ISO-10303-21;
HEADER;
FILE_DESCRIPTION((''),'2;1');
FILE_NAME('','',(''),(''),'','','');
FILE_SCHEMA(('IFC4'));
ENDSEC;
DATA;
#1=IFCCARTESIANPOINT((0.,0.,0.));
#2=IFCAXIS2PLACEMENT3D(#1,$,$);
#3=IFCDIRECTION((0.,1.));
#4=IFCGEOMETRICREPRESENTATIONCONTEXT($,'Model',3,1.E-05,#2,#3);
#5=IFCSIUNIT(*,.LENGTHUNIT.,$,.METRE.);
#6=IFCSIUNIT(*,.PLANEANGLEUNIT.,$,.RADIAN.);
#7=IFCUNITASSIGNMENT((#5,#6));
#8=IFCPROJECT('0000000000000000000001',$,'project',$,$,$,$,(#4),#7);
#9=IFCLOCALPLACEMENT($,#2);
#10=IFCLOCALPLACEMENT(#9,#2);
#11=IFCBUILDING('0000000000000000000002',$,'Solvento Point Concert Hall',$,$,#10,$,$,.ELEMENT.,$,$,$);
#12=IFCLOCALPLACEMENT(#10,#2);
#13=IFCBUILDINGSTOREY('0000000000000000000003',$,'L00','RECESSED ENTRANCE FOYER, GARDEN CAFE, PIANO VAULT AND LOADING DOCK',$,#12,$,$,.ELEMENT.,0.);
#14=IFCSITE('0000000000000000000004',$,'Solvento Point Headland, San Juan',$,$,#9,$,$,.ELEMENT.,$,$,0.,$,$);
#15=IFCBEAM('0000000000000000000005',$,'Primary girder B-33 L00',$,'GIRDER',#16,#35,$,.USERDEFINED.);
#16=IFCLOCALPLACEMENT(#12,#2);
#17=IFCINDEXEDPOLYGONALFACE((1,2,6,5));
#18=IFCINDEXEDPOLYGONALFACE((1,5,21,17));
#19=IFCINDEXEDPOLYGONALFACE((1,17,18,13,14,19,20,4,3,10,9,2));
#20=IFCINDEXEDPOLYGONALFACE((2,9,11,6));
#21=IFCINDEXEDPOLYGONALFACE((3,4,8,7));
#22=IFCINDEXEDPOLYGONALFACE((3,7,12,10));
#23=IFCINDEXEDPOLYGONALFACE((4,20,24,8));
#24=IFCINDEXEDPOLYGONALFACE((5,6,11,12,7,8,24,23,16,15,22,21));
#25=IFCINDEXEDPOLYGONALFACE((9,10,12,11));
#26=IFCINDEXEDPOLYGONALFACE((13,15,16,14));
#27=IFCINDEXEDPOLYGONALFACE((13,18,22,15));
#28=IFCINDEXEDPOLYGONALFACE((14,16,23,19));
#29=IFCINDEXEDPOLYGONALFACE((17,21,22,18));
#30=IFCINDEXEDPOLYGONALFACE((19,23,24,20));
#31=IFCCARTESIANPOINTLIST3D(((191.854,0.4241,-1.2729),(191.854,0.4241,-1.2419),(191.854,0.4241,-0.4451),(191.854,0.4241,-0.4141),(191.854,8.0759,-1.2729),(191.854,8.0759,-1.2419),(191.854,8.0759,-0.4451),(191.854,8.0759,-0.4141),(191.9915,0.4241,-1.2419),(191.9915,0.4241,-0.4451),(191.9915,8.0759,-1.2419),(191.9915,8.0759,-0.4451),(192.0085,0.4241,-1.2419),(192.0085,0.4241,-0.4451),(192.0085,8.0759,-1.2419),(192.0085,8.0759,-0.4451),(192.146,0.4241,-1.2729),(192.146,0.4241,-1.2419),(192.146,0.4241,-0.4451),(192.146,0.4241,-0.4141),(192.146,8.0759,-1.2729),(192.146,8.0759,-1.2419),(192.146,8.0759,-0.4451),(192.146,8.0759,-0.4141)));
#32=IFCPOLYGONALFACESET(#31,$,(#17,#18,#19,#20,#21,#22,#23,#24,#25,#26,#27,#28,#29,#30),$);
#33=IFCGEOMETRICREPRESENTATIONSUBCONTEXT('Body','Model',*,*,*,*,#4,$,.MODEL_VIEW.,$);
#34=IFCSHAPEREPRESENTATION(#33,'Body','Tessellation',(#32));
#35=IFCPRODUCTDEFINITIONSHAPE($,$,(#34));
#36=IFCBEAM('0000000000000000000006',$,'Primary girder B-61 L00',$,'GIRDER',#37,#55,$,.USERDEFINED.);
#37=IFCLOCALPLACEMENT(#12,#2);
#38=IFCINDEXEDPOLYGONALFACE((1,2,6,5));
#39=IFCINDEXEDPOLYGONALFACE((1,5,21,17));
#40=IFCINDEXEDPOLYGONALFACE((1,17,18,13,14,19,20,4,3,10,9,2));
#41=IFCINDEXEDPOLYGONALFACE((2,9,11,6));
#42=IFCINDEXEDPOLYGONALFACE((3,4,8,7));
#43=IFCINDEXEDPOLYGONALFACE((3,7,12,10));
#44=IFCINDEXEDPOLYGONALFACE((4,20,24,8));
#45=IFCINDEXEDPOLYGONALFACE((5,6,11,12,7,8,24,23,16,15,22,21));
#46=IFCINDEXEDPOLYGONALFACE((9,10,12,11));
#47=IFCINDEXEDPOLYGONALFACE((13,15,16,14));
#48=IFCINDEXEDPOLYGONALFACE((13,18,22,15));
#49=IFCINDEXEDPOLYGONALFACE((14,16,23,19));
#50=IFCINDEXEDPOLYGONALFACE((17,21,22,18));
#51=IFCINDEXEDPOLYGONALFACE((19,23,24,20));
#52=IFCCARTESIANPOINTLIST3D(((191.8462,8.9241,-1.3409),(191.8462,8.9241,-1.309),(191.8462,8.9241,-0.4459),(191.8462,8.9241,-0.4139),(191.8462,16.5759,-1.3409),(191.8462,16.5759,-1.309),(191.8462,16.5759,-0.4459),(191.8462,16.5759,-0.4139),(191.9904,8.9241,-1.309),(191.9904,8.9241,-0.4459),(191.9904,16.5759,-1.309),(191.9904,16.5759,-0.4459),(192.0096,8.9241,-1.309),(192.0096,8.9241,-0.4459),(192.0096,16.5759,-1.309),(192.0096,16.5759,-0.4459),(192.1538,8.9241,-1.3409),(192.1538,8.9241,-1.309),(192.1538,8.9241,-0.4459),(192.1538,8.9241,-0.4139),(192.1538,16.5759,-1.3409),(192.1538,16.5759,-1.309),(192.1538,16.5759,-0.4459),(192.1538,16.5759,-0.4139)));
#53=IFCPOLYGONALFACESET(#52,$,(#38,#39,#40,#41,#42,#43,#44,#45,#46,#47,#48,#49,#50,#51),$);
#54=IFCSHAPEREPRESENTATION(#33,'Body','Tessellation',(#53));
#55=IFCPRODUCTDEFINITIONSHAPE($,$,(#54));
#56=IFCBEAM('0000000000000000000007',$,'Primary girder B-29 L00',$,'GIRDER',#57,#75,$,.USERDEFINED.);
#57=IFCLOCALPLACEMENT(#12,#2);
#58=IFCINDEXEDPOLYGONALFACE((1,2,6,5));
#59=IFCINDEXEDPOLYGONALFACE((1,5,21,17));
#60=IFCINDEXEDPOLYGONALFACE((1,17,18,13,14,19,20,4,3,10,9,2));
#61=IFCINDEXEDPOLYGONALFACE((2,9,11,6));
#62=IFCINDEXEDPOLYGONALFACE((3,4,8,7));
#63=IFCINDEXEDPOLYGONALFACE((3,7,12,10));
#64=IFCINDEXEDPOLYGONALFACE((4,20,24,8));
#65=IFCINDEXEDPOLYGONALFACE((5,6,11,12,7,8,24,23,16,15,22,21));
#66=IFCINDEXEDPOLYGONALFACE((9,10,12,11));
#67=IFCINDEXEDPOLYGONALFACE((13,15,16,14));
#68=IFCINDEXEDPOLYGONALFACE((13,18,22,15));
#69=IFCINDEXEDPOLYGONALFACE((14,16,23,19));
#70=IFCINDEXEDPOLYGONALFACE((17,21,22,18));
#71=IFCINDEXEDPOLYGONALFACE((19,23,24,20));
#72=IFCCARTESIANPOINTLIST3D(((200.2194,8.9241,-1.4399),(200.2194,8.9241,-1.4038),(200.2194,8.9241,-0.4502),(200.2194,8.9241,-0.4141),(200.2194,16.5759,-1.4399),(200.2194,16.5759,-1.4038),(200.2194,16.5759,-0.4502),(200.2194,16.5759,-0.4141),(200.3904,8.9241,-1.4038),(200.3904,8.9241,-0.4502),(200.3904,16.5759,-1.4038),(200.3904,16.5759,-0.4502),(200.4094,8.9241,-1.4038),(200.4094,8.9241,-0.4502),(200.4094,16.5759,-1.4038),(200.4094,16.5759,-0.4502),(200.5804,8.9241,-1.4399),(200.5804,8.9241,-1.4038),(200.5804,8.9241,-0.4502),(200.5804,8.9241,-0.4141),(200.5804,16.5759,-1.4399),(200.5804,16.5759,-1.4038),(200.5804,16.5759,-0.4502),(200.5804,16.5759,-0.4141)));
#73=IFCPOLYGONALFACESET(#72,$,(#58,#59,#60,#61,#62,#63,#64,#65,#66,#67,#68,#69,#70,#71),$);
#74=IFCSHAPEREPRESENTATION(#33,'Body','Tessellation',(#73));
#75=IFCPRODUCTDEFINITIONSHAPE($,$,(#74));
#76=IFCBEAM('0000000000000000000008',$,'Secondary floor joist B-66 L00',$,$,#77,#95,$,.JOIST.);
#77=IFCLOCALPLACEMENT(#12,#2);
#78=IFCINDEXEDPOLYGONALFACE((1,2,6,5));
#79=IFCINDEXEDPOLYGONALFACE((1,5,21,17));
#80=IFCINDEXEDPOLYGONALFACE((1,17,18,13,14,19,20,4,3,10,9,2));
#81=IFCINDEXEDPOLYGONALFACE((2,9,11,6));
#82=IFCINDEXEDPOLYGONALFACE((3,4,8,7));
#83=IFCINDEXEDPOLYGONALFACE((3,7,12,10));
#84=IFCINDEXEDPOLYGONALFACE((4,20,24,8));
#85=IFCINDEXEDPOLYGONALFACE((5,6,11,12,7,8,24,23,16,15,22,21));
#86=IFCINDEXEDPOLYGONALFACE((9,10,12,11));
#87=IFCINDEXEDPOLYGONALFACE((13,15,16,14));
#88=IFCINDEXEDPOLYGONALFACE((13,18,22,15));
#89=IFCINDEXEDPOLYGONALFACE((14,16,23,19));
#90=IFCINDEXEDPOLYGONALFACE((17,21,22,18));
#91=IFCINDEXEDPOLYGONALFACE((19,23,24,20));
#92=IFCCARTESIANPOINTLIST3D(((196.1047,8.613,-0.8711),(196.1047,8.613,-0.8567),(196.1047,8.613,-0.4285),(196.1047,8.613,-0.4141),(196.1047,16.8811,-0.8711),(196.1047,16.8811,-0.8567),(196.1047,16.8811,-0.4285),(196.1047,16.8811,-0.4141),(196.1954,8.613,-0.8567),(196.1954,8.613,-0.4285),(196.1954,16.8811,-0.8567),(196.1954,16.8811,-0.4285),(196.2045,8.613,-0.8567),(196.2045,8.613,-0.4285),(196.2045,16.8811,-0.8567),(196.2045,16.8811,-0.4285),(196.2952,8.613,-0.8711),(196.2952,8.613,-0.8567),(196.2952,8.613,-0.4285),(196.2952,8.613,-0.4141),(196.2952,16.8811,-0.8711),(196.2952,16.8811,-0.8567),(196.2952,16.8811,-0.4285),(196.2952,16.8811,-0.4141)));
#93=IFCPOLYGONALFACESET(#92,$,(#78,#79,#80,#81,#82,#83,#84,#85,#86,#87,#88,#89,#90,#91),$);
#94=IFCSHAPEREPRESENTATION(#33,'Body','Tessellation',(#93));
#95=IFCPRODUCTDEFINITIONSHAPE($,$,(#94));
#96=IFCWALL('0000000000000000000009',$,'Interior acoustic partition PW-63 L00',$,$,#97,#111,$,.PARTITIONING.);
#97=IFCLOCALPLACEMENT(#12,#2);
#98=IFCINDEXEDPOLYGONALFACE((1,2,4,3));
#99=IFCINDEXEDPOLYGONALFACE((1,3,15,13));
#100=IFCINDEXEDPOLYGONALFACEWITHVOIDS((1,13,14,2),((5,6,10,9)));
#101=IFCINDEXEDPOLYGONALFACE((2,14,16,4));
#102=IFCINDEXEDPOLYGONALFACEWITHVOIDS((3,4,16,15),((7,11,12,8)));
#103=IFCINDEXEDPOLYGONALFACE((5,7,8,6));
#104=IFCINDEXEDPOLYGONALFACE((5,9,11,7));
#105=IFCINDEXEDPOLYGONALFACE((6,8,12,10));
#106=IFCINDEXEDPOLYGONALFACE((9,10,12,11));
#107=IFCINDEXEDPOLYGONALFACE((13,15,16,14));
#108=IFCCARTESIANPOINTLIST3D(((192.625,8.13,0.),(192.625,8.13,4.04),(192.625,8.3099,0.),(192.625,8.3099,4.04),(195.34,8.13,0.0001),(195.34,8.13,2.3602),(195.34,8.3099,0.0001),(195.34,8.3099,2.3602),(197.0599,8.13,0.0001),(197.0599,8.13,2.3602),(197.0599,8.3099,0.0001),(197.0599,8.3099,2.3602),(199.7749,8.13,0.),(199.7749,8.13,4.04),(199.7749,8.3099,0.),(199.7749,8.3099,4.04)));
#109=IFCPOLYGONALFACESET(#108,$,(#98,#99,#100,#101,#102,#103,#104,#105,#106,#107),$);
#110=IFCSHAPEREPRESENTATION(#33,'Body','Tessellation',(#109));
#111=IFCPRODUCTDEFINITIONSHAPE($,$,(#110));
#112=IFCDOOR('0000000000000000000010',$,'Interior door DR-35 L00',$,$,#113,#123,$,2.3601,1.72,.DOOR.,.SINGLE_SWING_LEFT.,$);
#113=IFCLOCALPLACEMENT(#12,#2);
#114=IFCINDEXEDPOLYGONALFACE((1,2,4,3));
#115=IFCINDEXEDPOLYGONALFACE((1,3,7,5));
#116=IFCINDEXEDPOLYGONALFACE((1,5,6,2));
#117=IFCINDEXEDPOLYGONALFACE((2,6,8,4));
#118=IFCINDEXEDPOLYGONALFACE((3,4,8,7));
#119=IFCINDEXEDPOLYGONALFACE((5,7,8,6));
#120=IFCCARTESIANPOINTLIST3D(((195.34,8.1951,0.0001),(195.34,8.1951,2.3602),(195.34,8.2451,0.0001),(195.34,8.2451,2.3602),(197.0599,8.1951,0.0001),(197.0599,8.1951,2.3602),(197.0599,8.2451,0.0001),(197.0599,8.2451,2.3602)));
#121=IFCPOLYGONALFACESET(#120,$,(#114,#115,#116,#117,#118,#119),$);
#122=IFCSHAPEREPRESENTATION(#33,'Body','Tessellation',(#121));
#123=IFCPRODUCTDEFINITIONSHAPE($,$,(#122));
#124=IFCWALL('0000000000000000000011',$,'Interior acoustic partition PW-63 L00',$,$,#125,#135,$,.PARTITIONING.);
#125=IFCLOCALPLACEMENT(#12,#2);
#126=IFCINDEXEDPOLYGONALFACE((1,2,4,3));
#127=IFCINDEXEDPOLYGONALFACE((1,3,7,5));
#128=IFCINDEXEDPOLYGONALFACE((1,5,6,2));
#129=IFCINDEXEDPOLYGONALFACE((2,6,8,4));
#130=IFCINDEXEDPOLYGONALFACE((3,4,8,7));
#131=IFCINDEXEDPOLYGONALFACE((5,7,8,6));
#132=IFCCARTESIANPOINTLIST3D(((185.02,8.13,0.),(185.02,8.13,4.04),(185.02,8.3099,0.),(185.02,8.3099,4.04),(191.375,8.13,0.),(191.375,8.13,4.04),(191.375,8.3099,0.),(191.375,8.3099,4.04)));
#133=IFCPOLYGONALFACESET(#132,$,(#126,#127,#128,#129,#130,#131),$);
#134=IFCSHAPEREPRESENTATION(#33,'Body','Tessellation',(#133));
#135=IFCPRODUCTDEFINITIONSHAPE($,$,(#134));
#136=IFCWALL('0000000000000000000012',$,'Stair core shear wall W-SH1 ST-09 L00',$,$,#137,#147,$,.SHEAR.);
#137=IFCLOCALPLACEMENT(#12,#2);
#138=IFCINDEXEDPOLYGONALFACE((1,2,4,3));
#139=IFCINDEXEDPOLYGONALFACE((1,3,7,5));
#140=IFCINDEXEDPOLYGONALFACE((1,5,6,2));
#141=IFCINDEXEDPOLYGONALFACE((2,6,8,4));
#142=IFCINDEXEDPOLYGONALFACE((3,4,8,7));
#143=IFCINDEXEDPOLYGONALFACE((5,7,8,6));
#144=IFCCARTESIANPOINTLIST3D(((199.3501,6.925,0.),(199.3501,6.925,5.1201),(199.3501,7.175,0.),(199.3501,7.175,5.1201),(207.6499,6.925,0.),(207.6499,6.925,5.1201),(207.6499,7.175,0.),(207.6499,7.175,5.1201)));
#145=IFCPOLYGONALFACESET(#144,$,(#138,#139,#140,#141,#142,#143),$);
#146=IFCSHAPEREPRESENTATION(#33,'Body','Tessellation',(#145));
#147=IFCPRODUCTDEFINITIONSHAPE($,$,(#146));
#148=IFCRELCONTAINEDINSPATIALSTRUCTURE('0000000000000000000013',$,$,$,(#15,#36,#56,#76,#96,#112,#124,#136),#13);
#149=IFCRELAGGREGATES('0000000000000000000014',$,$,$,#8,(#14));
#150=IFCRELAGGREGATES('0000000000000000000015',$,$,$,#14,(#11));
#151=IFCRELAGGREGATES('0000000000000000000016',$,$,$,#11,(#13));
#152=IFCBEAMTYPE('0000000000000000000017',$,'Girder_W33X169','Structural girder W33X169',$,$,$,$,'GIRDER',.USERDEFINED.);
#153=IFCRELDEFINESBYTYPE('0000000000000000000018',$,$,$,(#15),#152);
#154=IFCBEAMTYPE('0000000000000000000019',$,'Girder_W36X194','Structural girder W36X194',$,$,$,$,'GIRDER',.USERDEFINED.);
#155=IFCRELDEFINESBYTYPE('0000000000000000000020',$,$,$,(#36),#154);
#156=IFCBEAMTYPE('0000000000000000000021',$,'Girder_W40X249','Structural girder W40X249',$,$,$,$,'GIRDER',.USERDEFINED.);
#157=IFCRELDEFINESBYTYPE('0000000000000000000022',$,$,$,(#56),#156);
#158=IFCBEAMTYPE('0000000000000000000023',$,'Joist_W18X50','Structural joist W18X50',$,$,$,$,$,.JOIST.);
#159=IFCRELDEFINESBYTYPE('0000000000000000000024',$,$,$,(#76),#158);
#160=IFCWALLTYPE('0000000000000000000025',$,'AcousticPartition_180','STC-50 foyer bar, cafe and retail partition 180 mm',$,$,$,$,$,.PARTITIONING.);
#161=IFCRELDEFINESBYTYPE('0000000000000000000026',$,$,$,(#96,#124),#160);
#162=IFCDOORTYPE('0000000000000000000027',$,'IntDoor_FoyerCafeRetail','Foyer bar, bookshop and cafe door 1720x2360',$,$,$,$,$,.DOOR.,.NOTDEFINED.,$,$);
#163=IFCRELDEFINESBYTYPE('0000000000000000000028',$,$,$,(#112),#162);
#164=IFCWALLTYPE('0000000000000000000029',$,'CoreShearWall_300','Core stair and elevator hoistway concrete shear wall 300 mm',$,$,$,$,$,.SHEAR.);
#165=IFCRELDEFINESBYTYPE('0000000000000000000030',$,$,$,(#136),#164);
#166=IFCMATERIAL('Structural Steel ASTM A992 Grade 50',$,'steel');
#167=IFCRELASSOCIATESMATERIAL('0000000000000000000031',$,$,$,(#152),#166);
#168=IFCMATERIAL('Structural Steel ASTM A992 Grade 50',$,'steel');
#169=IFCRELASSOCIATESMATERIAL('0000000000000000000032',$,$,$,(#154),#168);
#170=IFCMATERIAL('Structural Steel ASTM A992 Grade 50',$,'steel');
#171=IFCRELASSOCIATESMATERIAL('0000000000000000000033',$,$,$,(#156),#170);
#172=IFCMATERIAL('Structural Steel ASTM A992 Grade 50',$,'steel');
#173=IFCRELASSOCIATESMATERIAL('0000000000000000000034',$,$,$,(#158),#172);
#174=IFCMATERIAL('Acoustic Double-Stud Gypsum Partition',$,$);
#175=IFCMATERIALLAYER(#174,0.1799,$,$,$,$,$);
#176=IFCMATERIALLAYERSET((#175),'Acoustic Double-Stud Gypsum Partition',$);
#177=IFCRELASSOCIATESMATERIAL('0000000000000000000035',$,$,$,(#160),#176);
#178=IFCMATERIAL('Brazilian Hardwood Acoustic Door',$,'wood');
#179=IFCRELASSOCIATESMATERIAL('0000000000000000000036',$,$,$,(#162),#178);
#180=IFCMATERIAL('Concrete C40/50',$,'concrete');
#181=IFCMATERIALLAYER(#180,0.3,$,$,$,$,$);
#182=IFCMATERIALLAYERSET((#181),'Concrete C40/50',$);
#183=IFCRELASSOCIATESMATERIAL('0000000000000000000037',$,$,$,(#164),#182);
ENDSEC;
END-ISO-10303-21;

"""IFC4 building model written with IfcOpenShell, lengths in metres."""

from ifc_helpers import new_model, si_unit, direction, frame, frame_2d, origin, origin_2d, place, context, subcontext, project, spatial, rectangle, i_section, extrude, material, layer, layer_set, material_profile, profile_set, type_object, element, fill, save


model = new_model("IFC4")

# Units and contexts
model_context = context("Model", 3, precision=1e-05, world=origin(), true_north=direction((0.0, 1.0)))
body_context = subcontext(model_context, "Body", "Model", "MODEL_VIEW")
ifc_project = project(units=[si_unit("LENGTHUNIT", "METRE"), si_unit("PLANEANGLEUNIT", "RADIAN")], contexts=[model_context])

# Site, building, storey
site_placement = place(None, origin())
site = spatial("IfcSite", under=ifc_project, at=site_placement, Name="Solvento Point Headland, San Juan", CompositionType="ELEMENT", RefElevation=0.0)
building_placement = place(site_placement, origin())
building = spatial("IfcBuilding", under=site, at=building_placement, Name="Solvento Point Concert Hall", CompositionType="ELEMENT")
storey_placement = place(building_placement, origin())
storey = spatial("IfcBuildingStorey", under=building, at=storey_placement, Name="L00", Description="RECESSED ENTRANCE FOYER, GARDEN CAFE, PIANO VAULT AND LOADING DOCK", CompositionType="ELEMENT", Elevation=0.0)

# Beams
ifc_material_1 = material(Name="Structural Steel ASTM A992 Grade 50", Category="steel")
ifc_material_profile_1 = material_profile(ifc_material_1, i_section(OverallWidth=0.292, OverallDepth=0.8589, WebThickness=0.0171, FlangeThickness=0.031, at=origin_2d()), Name="W33X169")
ifc_profile_set_1 = profile_set([ifc_material_profile_1], Name="Structural Steel ASTM A992 Grade 50")
beam_type_1 = type_object("IfcBeamType", Name="Girder_W33X169", Description="Structural girder W33X169", ElementType="GIRDER", PredefinedType="USERDEFINED", material=ifc_profile_set_1)
beam_1_placement = place(storey_placement, frame((192.0, 0.4241, -0.8435), z_axis=(0.0, 1.0, 0.0), x_axis=(-1.0, 0.0, 0.0)))
element("IfcBeam", 1, at=beam_1_placement, inside=storey, type_object=beam_type_1, Name="Primary girder B-33 L00", ObjectType="GIRDER", PredefinedType="USERDEFINED", context=body_context, shape_type="SweptSolid", body=[
    extrude(i_section(OverallWidth=0.292, OverallDepth=0.8589, WebThickness=0.0171, FlangeThickness=0.031, at=origin_2d()), origin(), (0.0, 0.0, 1.0), 7.6519),
])
ifc_material_2 = material(Name="Structural Steel ASTM A992 Grade 50", Category="steel")
ifc_material_profile_2 = material_profile(ifc_material_2, i_section(OverallWidth=0.3076, OverallDepth=0.927, WebThickness=0.0193, FlangeThickness=0.032, at=origin_2d()), Name="W36X194")
ifc_profile_set_2 = profile_set([ifc_material_profile_2], Name="Structural Steel ASTM A992 Grade 50")
beam_type_2 = type_object("IfcBeamType", Name="Girder_W36X194", Description="Structural girder W36X194", ElementType="GIRDER", PredefinedType="USERDEFINED", material=ifc_profile_set_2)
beam_2_placement = place(storey_placement, frame((192.0, 8.9241, -0.8774), z_axis=(0.0, 1.0, 0.0), x_axis=(-1.0, 0.0, 0.0)))
element("IfcBeam", 2, at=beam_2_placement, inside=storey, type_object=beam_type_2, Name="Primary girder B-61 L00", ObjectType="GIRDER", PredefinedType="USERDEFINED", context=body_context, shape_type="SweptSolid", body=[
    extrude(i_section(OverallWidth=0.3076, OverallDepth=0.927, WebThickness=0.0193, FlangeThickness=0.032, at=origin_2d()), origin(), (0.0, 0.0, 1.0), 7.6519),
])
ifc_material_3 = material(Name="Structural Steel ASTM A992 Grade 50", Category="steel")
ifc_material_profile_3 = material_profile(ifc_material_3, i_section(OverallWidth=0.3611, OverallDepth=1.0259, WebThickness=0.019, FlangeThickness=0.0361, at=origin_2d()), Name="W40X249")
ifc_profile_set_3 = profile_set([ifc_material_profile_3], Name="Structural Steel ASTM A992 Grade 50")
beam_type_3 = type_object("IfcBeamType", Name="Girder_W40X249", Description="Structural girder W40X249", ElementType="GIRDER", PredefinedType="USERDEFINED", material=ifc_profile_set_3)
beam_3_placement = place(storey_placement, frame((200.3999, 8.9241, -0.927), z_axis=(0.0, 1.0, 0.0), x_axis=(-1.0, 0.0, 0.0)))
element("IfcBeam", 3, at=beam_3_placement, inside=storey, type_object=beam_type_3, Name="Primary girder B-29 L00", ObjectType="GIRDER", PredefinedType="USERDEFINED", context=body_context, shape_type="SweptSolid", body=[
    extrude(i_section(OverallWidth=0.3611, OverallDepth=1.0259, WebThickness=0.019, FlangeThickness=0.0361, at=origin_2d()), origin(), (0.0, 0.0, 1.0), 7.6519),
])
ifc_material_4 = material(Name="Structural Steel ASTM A992 Grade 50", Category="steel")
ifc_material_profile_4 = material_profile(ifc_material_4, i_section(OverallWidth=0.1904, OverallDepth=0.457, WebThickness=0.009, FlangeThickness=0.0144, at=origin_2d()), Name="W18X50")
ifc_profile_set_4 = profile_set([ifc_material_profile_4], Name="Structural Steel ASTM A992 Grade 50")
beam_type_4 = type_object("IfcBeamType", Name="Joist_W18X50", Description="Structural joist W18X50", PredefinedType="JOIST", material=ifc_profile_set_4)
beam_4_placement = place(storey_placement, frame((196.2, 8.613, -0.6426), z_axis=(0.0, 1.0, 0.0), x_axis=(-1.0, 0.0, 0.0)))
element("IfcBeam", 4, at=beam_4_placement, inside=storey, type_object=beam_type_4, Name="Secondary floor joist B-66 L00", PredefinedType="JOIST", context=body_context, shape_type="SweptSolid", body=[
    extrude(i_section(OverallWidth=0.1904, OverallDepth=0.457, WebThickness=0.009, FlangeThickness=0.0144, at=origin_2d()), origin(), (0.0, 0.0, 1.0), 8.2681),
])

# Wall, opening, door
ifc_material_5 = material(Name="Acoustic Double-Stud Gypsum Partition")
ifc_layer_1 = layer(ifc_material_5, 0.1799)
ifc_layer_set_1 = layer_set([ifc_layer_1], Name="Acoustic Double-Stud Gypsum Partition")
wall_type_1 = type_object("IfcWallType", Name="AcousticPartition_180", Description="STC-50 foyer bar, cafe and retail partition 180 mm", PredefinedType="PARTITIONING", material=ifc_layer_set_1)
wall_1_placement = place(storey_placement, frame((199.7749, 8.22, 0.0), z_axis=(0.0, 0.0, 1.0), x_axis=(-1.0, 0.0, 0.0)))
wall_1 = element("IfcWall", 5, at=wall_1_placement, inside=storey, type_object=wall_type_1, Name="Interior acoustic partition PW-63 L00", PredefinedType="PARTITIONING", context=body_context, shape_type="SweptSolid", body=[
    extrude(rectangle(XDim=7.1499, YDim=0.1799, at=frame_2d((3.575, 0.0))), origin(), (0.0, 0.0, 1.0), 4.04),
])
opening_1_placement = place(wall_1_placement, frame((2.7151, 0.0, 0.0)))
opening_1 = element("IfcOpeningElement", 6, at=opening_1_placement, cuts=wall_1, PredefinedType="OPENING", context=body_context, shape_type="SweptSolid", body=[
    extrude(rectangle(XDim=1.72, YDim=2.3601, at=frame_2d((0.8599, 1.1802))), frame((0.0, 0.0999, 0.0), z_axis=(0.0, -1.0, 0.0), x_axis=(1.0, 0.0, 0.0)), (0.0, 0.0, 1.0), 0.2),
])
ifc_material_6 = material(Name="Brazilian Hardwood Acoustic Door", Category="wood")
door_type_1 = type_object("IfcDoorType", Name="IntDoor_FoyerCafeRetail", Description="Foyer bar, bookshop and cafe door 1720x2360", OperationType="NOTDEFINED", PredefinedType="DOOR", material=ifc_material_6)
door_1_placement = place(opening_1_placement, origin())
door_1 = element("IfcDoor", 7, at=door_1_placement, inside=storey, type_object=door_type_1, Name="Interior door DR-35 L00", OperationType="SINGLE_SWING_LEFT", OverallHeight=2.3601, OverallWidth=1.72, PredefinedType="DOOR", context=body_context, shape_type="SweptSolid", body=[
    extrude(rectangle(XDim=1.72, YDim=2.3601, at=frame_2d((0.8599, 1.1802))), frame((0.0, 0.0249, 0.0), z_axis=(0.0, -1.0, 0.0), x_axis=(1.0, 0.0, 0.0)), (0.0, 0.0, 1.0), 0.05),
])
fill(opening_1, door_1)

# Walls
wall_2_placement = place(storey_placement, frame((191.375, 8.22, 0.0), z_axis=(0.0, 0.0, 1.0), x_axis=(-1.0, 0.0, 0.0)))
element("IfcWall", 8, at=wall_2_placement, inside=storey, type_object=wall_type_1, Name="Interior acoustic partition PW-63 L00", PredefinedType="PARTITIONING", context=body_context, shape_type="SweptSolid", body=[
    extrude(rectangle(XDim=6.355, YDim=0.1799, at=frame_2d((3.1775, 0.0))), origin(), (0.0, 0.0, 1.0), 4.04),
])
ifc_material_7 = material(Name="Concrete C40/50", Category="concrete")
ifc_layer_2 = layer(ifc_material_7, 0.3)
ifc_layer_set_2 = layer_set([ifc_layer_2], Name="Concrete C40/50")
wall_type_2 = type_object("IfcWallType", Name="CoreShearWall_300", Description="Core stair and elevator hoistway concrete shear wall 300 mm", PredefinedType="SHEAR", material=ifc_layer_set_2)
wall_3_placement = place(storey_placement, frame((199.3501, 7.05, 0.0), z_axis=(0.0, 0.0, 1.0), x_axis=(1.0, 0.0, 0.0)))
element("IfcWall", 9, at=wall_3_placement, inside=storey, type_object=wall_type_2, Name="Stair core shear wall W-SH1 ST-09 L00", PredefinedType="SHEAR", context=body_context, shape_type="SweptSolid", body=[
    extrude(rectangle(XDim=8.2998, YDim=0.25, at=frame_2d((4.1499, 0.0))), origin(), (0.0, 0.0, 1.0), 5.1201),
])

save(model, "model.ifc")
